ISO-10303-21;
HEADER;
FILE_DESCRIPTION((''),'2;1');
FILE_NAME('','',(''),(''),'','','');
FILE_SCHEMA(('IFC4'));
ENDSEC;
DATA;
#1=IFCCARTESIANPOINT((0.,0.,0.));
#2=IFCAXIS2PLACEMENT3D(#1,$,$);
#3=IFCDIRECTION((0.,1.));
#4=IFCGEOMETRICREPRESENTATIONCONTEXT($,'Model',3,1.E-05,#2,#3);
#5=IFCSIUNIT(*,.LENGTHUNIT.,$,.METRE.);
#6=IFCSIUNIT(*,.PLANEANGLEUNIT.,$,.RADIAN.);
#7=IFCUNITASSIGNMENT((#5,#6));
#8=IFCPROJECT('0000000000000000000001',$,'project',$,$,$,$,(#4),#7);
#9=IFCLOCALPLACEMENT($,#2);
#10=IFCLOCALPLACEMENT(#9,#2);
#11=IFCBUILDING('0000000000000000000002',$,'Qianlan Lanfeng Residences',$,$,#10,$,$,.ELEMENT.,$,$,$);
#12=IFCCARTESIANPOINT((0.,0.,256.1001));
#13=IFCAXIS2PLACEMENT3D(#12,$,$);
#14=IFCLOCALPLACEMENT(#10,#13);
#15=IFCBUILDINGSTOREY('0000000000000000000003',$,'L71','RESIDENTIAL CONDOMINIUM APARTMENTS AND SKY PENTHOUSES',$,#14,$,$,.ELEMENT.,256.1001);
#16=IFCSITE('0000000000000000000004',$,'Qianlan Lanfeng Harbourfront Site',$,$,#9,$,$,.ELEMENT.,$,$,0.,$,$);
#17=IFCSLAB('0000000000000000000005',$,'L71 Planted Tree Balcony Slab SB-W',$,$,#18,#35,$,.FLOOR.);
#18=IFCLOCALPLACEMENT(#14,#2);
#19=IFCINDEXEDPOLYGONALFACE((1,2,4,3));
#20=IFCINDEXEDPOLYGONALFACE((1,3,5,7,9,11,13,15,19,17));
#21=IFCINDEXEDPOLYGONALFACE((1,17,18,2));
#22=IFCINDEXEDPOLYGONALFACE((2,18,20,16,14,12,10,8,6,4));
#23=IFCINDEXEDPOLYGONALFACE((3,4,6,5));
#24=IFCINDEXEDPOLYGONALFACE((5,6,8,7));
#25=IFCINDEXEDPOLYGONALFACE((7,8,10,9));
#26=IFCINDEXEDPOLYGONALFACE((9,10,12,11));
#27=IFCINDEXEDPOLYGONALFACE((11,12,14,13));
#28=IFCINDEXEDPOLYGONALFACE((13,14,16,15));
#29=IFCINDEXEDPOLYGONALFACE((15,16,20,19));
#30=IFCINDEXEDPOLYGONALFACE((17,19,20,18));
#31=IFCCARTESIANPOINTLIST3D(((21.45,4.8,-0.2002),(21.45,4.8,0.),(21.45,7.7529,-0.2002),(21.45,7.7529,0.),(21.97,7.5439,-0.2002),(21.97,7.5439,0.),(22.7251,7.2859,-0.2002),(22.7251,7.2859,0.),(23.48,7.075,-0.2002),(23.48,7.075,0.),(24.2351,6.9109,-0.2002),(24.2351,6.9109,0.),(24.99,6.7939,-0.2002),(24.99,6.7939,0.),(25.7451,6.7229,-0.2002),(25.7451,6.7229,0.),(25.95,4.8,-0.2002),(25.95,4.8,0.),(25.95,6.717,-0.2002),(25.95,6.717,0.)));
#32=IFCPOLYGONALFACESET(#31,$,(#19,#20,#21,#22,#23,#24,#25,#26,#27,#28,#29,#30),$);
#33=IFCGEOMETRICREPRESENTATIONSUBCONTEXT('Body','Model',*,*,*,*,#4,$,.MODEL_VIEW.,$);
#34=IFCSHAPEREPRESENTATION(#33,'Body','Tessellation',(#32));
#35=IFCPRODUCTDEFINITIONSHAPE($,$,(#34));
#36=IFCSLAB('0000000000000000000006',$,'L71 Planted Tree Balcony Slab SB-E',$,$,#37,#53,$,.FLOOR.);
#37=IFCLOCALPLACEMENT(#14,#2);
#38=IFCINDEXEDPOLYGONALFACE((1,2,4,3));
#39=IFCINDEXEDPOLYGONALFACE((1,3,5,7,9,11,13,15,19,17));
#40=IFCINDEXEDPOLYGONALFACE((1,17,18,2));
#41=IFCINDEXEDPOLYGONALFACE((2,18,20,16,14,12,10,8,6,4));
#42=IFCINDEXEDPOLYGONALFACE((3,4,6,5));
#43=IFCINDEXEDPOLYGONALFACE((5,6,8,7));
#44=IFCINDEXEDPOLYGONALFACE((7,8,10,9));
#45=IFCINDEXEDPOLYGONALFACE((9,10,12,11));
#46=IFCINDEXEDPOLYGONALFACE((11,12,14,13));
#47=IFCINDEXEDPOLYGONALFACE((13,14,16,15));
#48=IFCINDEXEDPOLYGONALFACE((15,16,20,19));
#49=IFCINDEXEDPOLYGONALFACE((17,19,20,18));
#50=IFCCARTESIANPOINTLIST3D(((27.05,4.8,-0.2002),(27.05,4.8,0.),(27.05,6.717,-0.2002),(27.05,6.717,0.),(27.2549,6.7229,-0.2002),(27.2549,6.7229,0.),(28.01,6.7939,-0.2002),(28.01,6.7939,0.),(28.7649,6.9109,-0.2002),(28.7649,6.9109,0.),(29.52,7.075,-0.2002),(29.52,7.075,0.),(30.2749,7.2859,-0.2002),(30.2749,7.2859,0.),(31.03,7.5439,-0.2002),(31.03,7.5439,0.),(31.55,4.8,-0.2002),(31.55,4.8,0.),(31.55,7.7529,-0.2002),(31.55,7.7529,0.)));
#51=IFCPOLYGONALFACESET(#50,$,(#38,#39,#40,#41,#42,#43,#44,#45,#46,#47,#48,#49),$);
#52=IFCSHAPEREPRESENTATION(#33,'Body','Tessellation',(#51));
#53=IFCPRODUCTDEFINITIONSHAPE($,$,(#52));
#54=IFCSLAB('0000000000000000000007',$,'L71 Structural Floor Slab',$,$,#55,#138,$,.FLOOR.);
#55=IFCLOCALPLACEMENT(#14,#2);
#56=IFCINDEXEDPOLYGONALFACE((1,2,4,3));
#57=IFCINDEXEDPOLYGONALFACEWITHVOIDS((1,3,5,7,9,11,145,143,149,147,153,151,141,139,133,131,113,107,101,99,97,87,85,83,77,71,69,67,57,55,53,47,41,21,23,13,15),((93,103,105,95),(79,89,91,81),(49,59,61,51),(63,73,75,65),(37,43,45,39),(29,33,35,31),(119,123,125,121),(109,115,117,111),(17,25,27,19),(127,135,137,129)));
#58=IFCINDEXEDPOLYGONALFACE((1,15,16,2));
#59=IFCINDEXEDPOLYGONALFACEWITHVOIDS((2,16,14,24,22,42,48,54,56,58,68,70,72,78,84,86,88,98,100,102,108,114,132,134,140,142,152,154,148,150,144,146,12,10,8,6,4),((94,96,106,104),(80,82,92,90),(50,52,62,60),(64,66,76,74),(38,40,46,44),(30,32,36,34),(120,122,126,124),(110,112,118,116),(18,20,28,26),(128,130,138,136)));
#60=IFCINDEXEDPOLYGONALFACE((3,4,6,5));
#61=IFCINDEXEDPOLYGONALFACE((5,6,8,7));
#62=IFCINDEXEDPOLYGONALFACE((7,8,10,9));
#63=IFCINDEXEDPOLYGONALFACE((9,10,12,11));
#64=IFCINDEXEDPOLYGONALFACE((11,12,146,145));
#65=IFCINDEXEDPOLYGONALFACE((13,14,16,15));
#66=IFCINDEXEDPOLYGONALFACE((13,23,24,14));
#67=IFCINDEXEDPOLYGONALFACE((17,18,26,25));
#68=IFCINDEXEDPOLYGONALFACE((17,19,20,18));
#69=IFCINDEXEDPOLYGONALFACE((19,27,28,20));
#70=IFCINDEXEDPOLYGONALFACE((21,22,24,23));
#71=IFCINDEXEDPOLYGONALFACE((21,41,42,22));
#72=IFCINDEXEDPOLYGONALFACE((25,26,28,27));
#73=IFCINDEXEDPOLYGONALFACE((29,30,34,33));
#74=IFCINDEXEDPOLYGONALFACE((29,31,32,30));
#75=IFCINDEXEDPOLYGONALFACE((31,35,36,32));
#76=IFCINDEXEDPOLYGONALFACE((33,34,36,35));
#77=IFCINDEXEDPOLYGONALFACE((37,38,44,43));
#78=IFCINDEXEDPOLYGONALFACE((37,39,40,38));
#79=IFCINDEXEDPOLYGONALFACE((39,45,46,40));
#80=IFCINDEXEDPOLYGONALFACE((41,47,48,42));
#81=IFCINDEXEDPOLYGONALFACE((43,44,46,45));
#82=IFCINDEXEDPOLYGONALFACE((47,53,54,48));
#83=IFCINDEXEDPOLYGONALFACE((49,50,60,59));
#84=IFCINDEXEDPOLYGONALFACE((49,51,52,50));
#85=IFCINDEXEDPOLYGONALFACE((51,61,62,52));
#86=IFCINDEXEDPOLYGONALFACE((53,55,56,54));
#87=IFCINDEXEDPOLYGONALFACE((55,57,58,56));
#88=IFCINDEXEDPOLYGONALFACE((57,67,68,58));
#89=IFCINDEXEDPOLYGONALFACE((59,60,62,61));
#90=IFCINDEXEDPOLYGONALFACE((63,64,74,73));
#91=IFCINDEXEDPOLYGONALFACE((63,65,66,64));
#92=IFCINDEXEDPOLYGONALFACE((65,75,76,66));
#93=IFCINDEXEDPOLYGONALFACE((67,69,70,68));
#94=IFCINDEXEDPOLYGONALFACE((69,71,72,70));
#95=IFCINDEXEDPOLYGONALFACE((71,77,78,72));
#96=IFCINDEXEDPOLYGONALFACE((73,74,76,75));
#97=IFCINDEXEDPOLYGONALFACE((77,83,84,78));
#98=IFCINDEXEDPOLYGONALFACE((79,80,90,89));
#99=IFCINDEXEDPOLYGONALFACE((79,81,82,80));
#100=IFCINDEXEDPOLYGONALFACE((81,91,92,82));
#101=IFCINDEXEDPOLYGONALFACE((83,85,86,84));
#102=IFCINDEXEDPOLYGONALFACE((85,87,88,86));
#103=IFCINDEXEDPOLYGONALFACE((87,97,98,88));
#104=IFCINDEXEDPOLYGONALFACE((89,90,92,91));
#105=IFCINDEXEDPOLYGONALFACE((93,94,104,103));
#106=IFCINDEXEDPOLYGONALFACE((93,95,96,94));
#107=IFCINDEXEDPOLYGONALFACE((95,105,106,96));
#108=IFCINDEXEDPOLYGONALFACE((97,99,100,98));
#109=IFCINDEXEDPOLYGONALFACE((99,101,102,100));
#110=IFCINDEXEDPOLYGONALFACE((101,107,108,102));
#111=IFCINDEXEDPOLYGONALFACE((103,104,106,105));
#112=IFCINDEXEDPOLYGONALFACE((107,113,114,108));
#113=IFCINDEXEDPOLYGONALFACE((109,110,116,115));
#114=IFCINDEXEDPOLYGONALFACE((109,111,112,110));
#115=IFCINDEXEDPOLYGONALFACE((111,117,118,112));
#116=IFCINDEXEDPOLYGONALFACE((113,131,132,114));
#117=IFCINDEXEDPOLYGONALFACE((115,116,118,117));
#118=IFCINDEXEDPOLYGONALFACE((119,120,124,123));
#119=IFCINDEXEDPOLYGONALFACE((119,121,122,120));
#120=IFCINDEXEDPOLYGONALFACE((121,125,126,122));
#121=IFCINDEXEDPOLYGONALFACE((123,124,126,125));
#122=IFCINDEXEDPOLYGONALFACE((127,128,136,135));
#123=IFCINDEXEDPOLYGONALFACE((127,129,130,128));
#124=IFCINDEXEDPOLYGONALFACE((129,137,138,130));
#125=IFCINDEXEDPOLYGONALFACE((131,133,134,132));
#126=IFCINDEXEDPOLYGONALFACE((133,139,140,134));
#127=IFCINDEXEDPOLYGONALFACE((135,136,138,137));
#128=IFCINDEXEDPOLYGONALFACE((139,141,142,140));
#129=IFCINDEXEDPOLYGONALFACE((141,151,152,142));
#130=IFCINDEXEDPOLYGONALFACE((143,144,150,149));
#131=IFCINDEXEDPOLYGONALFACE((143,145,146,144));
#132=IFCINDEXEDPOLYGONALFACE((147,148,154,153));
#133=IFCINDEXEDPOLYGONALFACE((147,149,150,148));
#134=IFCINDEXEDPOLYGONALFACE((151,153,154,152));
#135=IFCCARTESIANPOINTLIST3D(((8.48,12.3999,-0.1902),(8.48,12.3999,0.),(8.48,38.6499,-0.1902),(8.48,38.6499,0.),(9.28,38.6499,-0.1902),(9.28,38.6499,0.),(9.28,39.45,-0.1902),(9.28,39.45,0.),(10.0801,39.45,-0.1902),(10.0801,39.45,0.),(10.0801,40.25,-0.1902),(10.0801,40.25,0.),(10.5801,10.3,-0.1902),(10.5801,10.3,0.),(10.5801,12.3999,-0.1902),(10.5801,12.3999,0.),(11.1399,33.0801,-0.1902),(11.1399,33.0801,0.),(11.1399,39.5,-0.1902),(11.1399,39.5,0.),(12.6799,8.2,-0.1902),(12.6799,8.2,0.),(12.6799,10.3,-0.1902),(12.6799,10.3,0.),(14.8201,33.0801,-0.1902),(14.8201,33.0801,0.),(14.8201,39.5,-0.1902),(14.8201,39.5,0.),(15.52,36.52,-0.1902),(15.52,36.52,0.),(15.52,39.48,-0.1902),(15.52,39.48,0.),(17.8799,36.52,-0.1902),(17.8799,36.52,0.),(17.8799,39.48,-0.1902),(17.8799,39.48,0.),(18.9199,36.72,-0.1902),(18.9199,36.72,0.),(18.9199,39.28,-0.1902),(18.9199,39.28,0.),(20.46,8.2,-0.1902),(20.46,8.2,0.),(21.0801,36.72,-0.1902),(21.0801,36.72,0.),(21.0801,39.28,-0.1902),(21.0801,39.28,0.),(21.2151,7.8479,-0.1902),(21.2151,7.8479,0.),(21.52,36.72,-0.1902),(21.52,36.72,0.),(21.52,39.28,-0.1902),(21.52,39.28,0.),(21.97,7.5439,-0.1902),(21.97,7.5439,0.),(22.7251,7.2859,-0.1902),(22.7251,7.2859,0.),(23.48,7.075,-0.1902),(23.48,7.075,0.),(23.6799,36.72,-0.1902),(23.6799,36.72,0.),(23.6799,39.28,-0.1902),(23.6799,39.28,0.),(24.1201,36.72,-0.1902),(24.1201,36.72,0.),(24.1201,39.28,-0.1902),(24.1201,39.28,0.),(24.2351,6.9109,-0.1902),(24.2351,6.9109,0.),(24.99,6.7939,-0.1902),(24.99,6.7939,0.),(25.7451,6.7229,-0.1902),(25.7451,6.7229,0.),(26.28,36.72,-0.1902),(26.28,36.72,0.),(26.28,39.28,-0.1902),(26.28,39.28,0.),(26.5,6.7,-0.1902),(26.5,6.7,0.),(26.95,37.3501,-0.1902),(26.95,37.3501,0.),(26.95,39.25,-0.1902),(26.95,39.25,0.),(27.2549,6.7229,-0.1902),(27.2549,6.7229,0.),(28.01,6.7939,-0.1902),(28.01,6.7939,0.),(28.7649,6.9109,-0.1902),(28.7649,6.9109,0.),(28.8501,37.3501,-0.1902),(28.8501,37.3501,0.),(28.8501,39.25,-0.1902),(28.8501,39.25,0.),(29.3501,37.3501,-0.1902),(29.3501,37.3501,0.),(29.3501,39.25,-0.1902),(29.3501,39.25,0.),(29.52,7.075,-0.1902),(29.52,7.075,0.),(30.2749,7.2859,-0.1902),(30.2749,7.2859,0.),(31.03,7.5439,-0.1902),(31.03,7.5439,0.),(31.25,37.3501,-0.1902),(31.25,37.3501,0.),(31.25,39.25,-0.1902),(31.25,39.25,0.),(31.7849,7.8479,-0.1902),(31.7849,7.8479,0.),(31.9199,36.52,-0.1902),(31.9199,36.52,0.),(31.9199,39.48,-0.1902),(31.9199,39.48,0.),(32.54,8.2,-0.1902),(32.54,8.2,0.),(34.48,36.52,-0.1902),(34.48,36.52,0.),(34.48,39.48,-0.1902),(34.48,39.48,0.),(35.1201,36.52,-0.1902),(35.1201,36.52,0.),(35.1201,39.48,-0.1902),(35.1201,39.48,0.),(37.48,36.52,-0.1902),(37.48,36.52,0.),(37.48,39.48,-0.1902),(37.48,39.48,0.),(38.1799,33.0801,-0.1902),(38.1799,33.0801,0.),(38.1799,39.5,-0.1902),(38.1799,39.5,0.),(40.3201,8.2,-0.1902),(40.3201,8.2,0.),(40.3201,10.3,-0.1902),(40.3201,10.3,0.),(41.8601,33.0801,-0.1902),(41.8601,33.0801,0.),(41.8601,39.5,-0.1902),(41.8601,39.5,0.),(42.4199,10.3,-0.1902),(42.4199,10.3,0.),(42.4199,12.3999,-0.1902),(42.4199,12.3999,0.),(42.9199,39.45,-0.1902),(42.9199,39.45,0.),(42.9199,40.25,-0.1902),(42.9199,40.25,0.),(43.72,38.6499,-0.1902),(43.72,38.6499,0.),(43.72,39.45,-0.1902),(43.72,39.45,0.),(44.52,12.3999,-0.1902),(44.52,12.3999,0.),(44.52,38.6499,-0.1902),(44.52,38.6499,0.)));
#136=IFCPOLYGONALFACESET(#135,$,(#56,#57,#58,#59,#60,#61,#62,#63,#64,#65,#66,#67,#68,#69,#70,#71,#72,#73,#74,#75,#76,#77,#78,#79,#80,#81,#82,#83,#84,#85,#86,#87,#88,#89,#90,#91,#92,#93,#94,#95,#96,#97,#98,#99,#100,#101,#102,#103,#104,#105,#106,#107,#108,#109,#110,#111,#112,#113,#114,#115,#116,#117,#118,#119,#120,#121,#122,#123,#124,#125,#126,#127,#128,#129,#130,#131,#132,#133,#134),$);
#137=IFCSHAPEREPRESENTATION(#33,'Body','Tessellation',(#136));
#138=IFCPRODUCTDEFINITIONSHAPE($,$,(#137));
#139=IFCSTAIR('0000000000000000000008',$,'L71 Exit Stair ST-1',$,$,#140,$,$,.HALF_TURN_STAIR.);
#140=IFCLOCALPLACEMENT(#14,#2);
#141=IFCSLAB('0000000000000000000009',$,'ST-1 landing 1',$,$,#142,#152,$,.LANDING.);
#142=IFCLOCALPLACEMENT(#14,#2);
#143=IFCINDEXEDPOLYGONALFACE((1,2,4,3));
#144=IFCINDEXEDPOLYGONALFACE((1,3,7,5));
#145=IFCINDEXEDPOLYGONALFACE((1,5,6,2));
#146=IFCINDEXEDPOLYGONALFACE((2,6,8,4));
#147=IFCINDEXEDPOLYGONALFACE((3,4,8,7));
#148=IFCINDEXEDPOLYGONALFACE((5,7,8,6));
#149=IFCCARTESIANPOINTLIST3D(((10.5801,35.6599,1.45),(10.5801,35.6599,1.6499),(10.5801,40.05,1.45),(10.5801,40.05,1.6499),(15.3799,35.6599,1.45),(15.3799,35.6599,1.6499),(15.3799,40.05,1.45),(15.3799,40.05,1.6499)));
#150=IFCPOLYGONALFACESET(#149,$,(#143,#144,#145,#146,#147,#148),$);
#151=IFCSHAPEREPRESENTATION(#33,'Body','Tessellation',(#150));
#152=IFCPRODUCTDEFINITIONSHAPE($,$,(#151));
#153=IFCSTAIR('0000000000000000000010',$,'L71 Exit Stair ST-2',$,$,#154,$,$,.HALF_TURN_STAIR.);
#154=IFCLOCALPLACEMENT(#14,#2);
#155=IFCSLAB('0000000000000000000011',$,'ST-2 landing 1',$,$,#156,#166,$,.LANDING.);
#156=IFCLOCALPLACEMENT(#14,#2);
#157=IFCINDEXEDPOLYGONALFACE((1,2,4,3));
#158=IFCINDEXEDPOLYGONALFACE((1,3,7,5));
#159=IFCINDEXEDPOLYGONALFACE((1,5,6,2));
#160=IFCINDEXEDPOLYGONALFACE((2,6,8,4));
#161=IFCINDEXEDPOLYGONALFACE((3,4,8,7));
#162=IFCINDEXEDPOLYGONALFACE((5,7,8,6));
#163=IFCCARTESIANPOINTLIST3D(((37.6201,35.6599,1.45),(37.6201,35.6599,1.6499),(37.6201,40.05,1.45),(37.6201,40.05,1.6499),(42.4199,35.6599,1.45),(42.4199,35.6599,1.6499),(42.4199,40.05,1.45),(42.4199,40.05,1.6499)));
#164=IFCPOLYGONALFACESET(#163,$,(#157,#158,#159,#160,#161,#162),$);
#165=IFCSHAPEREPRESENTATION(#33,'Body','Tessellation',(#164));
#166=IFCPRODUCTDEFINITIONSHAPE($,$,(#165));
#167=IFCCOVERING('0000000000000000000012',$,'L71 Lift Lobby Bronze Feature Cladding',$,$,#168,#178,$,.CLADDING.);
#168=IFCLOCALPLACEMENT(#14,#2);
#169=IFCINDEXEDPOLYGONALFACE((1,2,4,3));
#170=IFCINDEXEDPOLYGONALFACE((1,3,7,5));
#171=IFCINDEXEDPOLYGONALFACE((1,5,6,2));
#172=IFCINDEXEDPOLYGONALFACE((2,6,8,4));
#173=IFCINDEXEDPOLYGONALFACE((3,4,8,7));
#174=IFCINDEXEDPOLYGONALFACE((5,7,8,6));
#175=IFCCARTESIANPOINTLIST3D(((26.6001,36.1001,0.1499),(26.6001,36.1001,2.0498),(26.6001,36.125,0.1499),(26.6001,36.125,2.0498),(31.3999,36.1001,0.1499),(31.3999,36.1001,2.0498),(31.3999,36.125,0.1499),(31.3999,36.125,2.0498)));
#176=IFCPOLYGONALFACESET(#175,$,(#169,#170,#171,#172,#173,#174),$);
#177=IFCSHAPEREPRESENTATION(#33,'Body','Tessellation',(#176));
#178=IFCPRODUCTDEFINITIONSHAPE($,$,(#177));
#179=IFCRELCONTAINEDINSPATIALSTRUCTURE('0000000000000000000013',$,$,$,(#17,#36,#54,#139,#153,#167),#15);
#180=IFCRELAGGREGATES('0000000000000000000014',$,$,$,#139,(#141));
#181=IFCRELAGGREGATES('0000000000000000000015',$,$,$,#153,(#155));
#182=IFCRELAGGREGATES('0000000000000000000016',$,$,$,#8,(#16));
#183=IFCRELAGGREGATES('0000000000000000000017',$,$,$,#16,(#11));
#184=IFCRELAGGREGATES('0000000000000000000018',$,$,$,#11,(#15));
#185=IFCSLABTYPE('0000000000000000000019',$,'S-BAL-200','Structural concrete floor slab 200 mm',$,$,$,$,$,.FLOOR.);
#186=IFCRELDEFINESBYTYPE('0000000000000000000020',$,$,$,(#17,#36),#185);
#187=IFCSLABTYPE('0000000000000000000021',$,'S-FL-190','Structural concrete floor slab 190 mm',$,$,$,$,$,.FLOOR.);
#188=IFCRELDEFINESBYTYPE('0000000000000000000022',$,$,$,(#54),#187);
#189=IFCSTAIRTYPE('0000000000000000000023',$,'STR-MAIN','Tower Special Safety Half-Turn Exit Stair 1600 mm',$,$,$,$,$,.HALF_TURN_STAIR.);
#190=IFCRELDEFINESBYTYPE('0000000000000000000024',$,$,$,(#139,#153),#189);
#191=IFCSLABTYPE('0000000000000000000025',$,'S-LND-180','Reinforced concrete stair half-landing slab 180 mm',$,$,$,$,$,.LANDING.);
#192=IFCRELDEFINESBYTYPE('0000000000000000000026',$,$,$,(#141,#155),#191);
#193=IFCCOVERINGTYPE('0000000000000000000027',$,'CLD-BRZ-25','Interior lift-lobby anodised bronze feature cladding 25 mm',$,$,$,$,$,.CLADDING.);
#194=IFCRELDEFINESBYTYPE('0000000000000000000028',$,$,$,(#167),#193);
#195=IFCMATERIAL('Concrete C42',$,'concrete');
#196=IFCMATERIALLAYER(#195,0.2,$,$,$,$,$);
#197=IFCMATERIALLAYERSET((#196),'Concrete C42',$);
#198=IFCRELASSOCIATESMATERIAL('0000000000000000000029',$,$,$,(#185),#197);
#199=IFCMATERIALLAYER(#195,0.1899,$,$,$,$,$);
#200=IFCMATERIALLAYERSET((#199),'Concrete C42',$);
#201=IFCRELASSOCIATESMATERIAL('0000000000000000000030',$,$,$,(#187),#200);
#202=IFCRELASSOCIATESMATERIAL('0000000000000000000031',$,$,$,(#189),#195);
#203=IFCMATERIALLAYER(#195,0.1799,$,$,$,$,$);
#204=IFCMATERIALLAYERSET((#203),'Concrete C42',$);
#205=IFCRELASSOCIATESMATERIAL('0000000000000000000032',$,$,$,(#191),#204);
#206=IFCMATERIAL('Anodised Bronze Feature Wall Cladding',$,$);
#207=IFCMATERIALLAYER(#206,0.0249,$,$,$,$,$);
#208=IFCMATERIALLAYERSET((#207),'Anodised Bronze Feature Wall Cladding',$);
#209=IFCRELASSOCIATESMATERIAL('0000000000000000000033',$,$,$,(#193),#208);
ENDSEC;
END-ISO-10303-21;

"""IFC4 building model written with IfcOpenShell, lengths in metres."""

from ifc_helpers import new_model, si_unit, direction, frame, origin, place, context, subcontext, project, spatial, polyline, outline, extrude, material, layer, layer_set, type_object, element, aggregate, save


model = new_model("IFC4")

# Units and contexts
model_context = context("Model", 3, precision=1e-05, world=origin(), true_north=direction((0.0, 1.0)))
body_context = subcontext(model_context, "Body", "Model", "MODEL_VIEW")
ifc_project = project(units=[si_unit("LENGTHUNIT", "METRE"), si_unit("PLANEANGLEUNIT", "RADIAN")], contexts=[model_context])

# Site, building, storey
site_placement = place(None, origin())
site = spatial("IfcSite", under=ifc_project, at=site_placement, Name="Qianlan Lanfeng Harbourfront Site", CompositionType="ELEMENT", RefElevation=0.0)
building_placement = place(site_placement, origin())
building = spatial("IfcBuilding", under=site, at=building_placement, Name="Qianlan Lanfeng Residences", CompositionType="ELEMENT")
storey_placement = place(building_placement, frame((0.0, 0.0, 256.1001)))
storey = spatial("IfcBuildingStorey", under=building, at=storey_placement, Name="L71", Description="RESIDENTIAL CONDOMINIUM APARTMENTS AND SKY PENTHOUSES", CompositionType="ELEMENT", Elevation=256.1001)

# Slabs
ifc_material_1 = material(Name="Concrete C42", Category="concrete")
ifc_layer_1 = layer(ifc_material_1, 0.2)
ifc_layer_set_1 = layer_set([ifc_layer_1], Name="Concrete C42")
slab_type_1 = type_object("IfcSlabType", Name="S-BAL-200", Description="Structural concrete floor slab 200 mm", PredefinedType="FLOOR", material=ifc_layer_set_1)
slab_1_placement = place(storey_placement, frame((0.0, 0.0, -0.2002)))
element("IfcSlab", 1, at=slab_1_placement, inside=storey, type_object=slab_type_1, Name="L71 Planted Tree Balcony Slab SB-W", PredefinedType="FLOOR", context=body_context, shape_type="SweptSolid", body=[
    extrude(outline(polyline([(25.95, 6.717), (25.7451, 6.7229), (24.99, 6.7939), (24.2351, 6.9109), (23.48, 7.075), (22.7251, 7.2859), (21.97, 7.5439), (21.45, 7.7529), (21.45, 4.8), (25.95, 4.8), (25.95, 6.717)])), origin(), (0.0, 0.0, 1.0), 0.2002),
])
slab_2_placement = place(storey_placement, frame((0.0, 0.0, -0.2002)))
element("IfcSlab", 2, at=slab_2_placement, inside=storey, type_object=slab_type_1, Name="L71 Planted Tree Balcony Slab SB-E", PredefinedType="FLOOR", context=body_context, shape_type="SweptSolid", body=[
    extrude(outline(polyline([(31.55, 7.7529), (31.03, 7.5439), (30.2749, 7.2859), (29.52, 7.075), (28.7649, 6.9109), (28.01, 6.7939), (27.2549, 6.7229), (27.05, 6.717), (27.05, 4.8), (31.55, 4.8), (31.55, 7.7529)])), origin(), (0.0, 0.0, 1.0), 0.2002),
])
ifc_layer_2 = layer(ifc_material_1, 0.1899)
ifc_layer_set_2 = layer_set([ifc_layer_2], Name="Concrete C42")
slab_type_2 = type_object("IfcSlabType", Name="S-FL-190", Description="Structural concrete floor slab 190 mm", PredefinedType="FLOOR", material=ifc_layer_set_2)
slab_3_placement = place(storey_placement, frame((0.0, 0.0, -0.1902)))
element("IfcSlab", 3, at=slab_3_placement, inside=storey, type_object=slab_type_2, Name="L71 Structural Floor Slab", PredefinedType="FLOOR", context=body_context, shape_type="SweptSolid", body=[
    extrude(outline(polyline([(8.48, 12.3999), (10.5801, 12.3999), (10.5801, 10.3), (12.6799, 10.3), (12.6799, 8.2), (20.46, 8.2), (21.2151, 7.8479), (21.97, 7.5439), (22.7251, 7.2859), (23.48, 7.075), (24.2351, 6.9109), (24.99, 6.7939), (25.7451, 6.7229), (26.5, 6.7), (27.2549, 6.7229), (28.01, 6.7939), (28.7649, 6.9109), (29.52, 7.075), (30.2749, 7.2859), (31.03, 7.5439), (31.7849, 7.8479), (32.54, 8.2), (40.3201, 8.2), (40.3201, 10.3), (42.4199, 10.3), (42.4199, 12.3999), (44.52, 12.3999), (44.52, 38.6499), (43.72, 38.6499), (43.72, 39.45), (42.9199, 39.45), (42.9199, 40.25), (10.0801, 40.25), (10.0801, 39.45), (9.28, 39.45), (9.28, 38.6499), (8.48, 38.6499), (8.48, 12.3999)]), holes=[polyline([(11.1399, 33.0801), (11.1399, 39.5), (14.8201, 39.5), (14.8201, 33.0801), (11.1399, 33.0801)]), polyline([(38.1799, 33.0801), (38.1799, 39.5), (41.8601, 39.5), (41.8601, 33.0801), (38.1799, 33.0801)]), polyline([(15.52, 36.52), (15.52, 39.48), (17.8799, 39.48), (17.8799, 36.52), (15.52, 36.52)]), polyline([(35.1201, 36.52), (35.1201, 39.48), (37.48, 39.48), (37.48, 36.52), (35.1201, 36.52)]), polyline([(31.9199, 36.52), (31.9199, 39.48), (34.48, 39.48), (34.48, 36.52), (31.9199, 36.52)]), polyline([(18.9199, 36.72), (18.9199, 39.28), (21.0801, 39.28), (21.0801, 36.72), (18.9199, 36.72)]), polyline([(21.52, 36.72), (21.52, 39.28), (23.6799, 39.28), (23.6799, 36.72), (21.52, 36.72)]), polyline([(24.1201, 36.72), (24.1201, 39.28), (26.28, 39.28), (26.28, 36.72), (24.1201, 36.72)]), polyline([(26.95, 37.3501), (26.95, 39.25), (28.8501, 39.25), (28.8501, 37.3501), (26.95, 37.3501)]), polyline([(29.3501, 37.3501), (29.3501, 39.25), (31.25, 39.25), (31.25, 37.3501), (29.3501, 37.3501)])]), origin(), (0.0, 0.0, 1.0), 0.1902),
])

# Stairs, slabs
stair_type = type_object("IfcStairType", Name="STR-MAIN", Description="Tower Special Safety Half-Turn Exit Stair 1600 mm", PredefinedType="HALF_TURN_STAIR", material=ifc_material_1)
stair_1_placement = place(storey_placement, origin())
stair_1 = element("IfcStair", 4, at=stair_1_placement, inside=storey, type_object=stair_type, Name="L71 Exit Stair ST-1", PredefinedType="HALF_TURN_STAIR")
ifc_layer_3 = layer(ifc_material_1, 0.1799)
ifc_layer_set_3 = layer_set([ifc_layer_3], Name="Concrete C42")
slab_type_3 = type_object("IfcSlabType", Name="S-LND-180", Description="Reinforced concrete stair half-landing slab 180 mm", PredefinedType="LANDING", material=ifc_layer_set_3)
slab_4_placement = place(storey_placement, frame((0.0, 0.0, 1.45)))
slab_4 = element("IfcSlab", 5, at=slab_4_placement, type_object=slab_type_3, Name="ST-1 landing 1", PredefinedType="LANDING", context=body_context, shape_type="SweptSolid", body=[
    extrude(outline(polyline([(10.5801, 35.6599), (15.3799, 35.6599), (15.3799, 40.05), (10.5801, 40.05), (10.5801, 35.6599)])), origin(), (0.0, 0.0, 1.0), 0.2),
])
aggregate(stair_1, [slab_4])
stair_2_placement = place(storey_placement, origin())
stair_2 = element("IfcStair", 6, at=stair_2_placement, inside=storey, type_object=stair_type, Name="L71 Exit Stair ST-2", PredefinedType="HALF_TURN_STAIR")
slab_5_placement = place(storey_placement, frame((0.0, 0.0, 1.45)))
slab_5 = element("IfcSlab", 7, at=slab_5_placement, type_object=slab_type_3, Name="ST-2 landing 1", PredefinedType="LANDING", context=body_context, shape_type="SweptSolid", body=[
    extrude(outline(polyline([(37.6201, 35.6599), (42.4199, 35.6599), (42.4199, 40.05), (37.6201, 40.05), (37.6201, 35.6599)])), origin(), (0.0, 0.0, 1.0), 0.2),
])
aggregate(stair_2, [slab_5])

# Covering
ifc_material_2 = material(Name="Anodised Bronze Feature Wall Cladding")
ifc_layer_4 = layer(ifc_material_2, 0.0249)
ifc_layer_set_4 = layer_set([ifc_layer_4], Name="Anodised Bronze Feature Wall Cladding")
covering_type_1 = type_object("IfcCoveringType", Name="CLD-BRZ-25", Description="Interior lift-lobby anodised bronze feature cladding 25 mm", PredefinedType="CLADDING", material=ifc_layer_set_4)
covering_1_placement = place(storey_placement, frame((0.0, 0.0, 0.1499)))
element("IfcCovering", 8, at=covering_1_placement, inside=storey, type_object=covering_type_1, Name="L71 Lift Lobby Bronze Feature Cladding", PredefinedType="CLADDING", context=body_context, shape_type="SweptSolid", body=[
    extrude(outline(polyline([(26.6001, 36.1001), (31.3999, 36.1001), (31.3999, 36.125), (26.6001, 36.125), (26.6001, 36.1001)])), origin(), (0.0, 0.0, 1.0), 1.8999),
])

save(model, "model.ifc")
